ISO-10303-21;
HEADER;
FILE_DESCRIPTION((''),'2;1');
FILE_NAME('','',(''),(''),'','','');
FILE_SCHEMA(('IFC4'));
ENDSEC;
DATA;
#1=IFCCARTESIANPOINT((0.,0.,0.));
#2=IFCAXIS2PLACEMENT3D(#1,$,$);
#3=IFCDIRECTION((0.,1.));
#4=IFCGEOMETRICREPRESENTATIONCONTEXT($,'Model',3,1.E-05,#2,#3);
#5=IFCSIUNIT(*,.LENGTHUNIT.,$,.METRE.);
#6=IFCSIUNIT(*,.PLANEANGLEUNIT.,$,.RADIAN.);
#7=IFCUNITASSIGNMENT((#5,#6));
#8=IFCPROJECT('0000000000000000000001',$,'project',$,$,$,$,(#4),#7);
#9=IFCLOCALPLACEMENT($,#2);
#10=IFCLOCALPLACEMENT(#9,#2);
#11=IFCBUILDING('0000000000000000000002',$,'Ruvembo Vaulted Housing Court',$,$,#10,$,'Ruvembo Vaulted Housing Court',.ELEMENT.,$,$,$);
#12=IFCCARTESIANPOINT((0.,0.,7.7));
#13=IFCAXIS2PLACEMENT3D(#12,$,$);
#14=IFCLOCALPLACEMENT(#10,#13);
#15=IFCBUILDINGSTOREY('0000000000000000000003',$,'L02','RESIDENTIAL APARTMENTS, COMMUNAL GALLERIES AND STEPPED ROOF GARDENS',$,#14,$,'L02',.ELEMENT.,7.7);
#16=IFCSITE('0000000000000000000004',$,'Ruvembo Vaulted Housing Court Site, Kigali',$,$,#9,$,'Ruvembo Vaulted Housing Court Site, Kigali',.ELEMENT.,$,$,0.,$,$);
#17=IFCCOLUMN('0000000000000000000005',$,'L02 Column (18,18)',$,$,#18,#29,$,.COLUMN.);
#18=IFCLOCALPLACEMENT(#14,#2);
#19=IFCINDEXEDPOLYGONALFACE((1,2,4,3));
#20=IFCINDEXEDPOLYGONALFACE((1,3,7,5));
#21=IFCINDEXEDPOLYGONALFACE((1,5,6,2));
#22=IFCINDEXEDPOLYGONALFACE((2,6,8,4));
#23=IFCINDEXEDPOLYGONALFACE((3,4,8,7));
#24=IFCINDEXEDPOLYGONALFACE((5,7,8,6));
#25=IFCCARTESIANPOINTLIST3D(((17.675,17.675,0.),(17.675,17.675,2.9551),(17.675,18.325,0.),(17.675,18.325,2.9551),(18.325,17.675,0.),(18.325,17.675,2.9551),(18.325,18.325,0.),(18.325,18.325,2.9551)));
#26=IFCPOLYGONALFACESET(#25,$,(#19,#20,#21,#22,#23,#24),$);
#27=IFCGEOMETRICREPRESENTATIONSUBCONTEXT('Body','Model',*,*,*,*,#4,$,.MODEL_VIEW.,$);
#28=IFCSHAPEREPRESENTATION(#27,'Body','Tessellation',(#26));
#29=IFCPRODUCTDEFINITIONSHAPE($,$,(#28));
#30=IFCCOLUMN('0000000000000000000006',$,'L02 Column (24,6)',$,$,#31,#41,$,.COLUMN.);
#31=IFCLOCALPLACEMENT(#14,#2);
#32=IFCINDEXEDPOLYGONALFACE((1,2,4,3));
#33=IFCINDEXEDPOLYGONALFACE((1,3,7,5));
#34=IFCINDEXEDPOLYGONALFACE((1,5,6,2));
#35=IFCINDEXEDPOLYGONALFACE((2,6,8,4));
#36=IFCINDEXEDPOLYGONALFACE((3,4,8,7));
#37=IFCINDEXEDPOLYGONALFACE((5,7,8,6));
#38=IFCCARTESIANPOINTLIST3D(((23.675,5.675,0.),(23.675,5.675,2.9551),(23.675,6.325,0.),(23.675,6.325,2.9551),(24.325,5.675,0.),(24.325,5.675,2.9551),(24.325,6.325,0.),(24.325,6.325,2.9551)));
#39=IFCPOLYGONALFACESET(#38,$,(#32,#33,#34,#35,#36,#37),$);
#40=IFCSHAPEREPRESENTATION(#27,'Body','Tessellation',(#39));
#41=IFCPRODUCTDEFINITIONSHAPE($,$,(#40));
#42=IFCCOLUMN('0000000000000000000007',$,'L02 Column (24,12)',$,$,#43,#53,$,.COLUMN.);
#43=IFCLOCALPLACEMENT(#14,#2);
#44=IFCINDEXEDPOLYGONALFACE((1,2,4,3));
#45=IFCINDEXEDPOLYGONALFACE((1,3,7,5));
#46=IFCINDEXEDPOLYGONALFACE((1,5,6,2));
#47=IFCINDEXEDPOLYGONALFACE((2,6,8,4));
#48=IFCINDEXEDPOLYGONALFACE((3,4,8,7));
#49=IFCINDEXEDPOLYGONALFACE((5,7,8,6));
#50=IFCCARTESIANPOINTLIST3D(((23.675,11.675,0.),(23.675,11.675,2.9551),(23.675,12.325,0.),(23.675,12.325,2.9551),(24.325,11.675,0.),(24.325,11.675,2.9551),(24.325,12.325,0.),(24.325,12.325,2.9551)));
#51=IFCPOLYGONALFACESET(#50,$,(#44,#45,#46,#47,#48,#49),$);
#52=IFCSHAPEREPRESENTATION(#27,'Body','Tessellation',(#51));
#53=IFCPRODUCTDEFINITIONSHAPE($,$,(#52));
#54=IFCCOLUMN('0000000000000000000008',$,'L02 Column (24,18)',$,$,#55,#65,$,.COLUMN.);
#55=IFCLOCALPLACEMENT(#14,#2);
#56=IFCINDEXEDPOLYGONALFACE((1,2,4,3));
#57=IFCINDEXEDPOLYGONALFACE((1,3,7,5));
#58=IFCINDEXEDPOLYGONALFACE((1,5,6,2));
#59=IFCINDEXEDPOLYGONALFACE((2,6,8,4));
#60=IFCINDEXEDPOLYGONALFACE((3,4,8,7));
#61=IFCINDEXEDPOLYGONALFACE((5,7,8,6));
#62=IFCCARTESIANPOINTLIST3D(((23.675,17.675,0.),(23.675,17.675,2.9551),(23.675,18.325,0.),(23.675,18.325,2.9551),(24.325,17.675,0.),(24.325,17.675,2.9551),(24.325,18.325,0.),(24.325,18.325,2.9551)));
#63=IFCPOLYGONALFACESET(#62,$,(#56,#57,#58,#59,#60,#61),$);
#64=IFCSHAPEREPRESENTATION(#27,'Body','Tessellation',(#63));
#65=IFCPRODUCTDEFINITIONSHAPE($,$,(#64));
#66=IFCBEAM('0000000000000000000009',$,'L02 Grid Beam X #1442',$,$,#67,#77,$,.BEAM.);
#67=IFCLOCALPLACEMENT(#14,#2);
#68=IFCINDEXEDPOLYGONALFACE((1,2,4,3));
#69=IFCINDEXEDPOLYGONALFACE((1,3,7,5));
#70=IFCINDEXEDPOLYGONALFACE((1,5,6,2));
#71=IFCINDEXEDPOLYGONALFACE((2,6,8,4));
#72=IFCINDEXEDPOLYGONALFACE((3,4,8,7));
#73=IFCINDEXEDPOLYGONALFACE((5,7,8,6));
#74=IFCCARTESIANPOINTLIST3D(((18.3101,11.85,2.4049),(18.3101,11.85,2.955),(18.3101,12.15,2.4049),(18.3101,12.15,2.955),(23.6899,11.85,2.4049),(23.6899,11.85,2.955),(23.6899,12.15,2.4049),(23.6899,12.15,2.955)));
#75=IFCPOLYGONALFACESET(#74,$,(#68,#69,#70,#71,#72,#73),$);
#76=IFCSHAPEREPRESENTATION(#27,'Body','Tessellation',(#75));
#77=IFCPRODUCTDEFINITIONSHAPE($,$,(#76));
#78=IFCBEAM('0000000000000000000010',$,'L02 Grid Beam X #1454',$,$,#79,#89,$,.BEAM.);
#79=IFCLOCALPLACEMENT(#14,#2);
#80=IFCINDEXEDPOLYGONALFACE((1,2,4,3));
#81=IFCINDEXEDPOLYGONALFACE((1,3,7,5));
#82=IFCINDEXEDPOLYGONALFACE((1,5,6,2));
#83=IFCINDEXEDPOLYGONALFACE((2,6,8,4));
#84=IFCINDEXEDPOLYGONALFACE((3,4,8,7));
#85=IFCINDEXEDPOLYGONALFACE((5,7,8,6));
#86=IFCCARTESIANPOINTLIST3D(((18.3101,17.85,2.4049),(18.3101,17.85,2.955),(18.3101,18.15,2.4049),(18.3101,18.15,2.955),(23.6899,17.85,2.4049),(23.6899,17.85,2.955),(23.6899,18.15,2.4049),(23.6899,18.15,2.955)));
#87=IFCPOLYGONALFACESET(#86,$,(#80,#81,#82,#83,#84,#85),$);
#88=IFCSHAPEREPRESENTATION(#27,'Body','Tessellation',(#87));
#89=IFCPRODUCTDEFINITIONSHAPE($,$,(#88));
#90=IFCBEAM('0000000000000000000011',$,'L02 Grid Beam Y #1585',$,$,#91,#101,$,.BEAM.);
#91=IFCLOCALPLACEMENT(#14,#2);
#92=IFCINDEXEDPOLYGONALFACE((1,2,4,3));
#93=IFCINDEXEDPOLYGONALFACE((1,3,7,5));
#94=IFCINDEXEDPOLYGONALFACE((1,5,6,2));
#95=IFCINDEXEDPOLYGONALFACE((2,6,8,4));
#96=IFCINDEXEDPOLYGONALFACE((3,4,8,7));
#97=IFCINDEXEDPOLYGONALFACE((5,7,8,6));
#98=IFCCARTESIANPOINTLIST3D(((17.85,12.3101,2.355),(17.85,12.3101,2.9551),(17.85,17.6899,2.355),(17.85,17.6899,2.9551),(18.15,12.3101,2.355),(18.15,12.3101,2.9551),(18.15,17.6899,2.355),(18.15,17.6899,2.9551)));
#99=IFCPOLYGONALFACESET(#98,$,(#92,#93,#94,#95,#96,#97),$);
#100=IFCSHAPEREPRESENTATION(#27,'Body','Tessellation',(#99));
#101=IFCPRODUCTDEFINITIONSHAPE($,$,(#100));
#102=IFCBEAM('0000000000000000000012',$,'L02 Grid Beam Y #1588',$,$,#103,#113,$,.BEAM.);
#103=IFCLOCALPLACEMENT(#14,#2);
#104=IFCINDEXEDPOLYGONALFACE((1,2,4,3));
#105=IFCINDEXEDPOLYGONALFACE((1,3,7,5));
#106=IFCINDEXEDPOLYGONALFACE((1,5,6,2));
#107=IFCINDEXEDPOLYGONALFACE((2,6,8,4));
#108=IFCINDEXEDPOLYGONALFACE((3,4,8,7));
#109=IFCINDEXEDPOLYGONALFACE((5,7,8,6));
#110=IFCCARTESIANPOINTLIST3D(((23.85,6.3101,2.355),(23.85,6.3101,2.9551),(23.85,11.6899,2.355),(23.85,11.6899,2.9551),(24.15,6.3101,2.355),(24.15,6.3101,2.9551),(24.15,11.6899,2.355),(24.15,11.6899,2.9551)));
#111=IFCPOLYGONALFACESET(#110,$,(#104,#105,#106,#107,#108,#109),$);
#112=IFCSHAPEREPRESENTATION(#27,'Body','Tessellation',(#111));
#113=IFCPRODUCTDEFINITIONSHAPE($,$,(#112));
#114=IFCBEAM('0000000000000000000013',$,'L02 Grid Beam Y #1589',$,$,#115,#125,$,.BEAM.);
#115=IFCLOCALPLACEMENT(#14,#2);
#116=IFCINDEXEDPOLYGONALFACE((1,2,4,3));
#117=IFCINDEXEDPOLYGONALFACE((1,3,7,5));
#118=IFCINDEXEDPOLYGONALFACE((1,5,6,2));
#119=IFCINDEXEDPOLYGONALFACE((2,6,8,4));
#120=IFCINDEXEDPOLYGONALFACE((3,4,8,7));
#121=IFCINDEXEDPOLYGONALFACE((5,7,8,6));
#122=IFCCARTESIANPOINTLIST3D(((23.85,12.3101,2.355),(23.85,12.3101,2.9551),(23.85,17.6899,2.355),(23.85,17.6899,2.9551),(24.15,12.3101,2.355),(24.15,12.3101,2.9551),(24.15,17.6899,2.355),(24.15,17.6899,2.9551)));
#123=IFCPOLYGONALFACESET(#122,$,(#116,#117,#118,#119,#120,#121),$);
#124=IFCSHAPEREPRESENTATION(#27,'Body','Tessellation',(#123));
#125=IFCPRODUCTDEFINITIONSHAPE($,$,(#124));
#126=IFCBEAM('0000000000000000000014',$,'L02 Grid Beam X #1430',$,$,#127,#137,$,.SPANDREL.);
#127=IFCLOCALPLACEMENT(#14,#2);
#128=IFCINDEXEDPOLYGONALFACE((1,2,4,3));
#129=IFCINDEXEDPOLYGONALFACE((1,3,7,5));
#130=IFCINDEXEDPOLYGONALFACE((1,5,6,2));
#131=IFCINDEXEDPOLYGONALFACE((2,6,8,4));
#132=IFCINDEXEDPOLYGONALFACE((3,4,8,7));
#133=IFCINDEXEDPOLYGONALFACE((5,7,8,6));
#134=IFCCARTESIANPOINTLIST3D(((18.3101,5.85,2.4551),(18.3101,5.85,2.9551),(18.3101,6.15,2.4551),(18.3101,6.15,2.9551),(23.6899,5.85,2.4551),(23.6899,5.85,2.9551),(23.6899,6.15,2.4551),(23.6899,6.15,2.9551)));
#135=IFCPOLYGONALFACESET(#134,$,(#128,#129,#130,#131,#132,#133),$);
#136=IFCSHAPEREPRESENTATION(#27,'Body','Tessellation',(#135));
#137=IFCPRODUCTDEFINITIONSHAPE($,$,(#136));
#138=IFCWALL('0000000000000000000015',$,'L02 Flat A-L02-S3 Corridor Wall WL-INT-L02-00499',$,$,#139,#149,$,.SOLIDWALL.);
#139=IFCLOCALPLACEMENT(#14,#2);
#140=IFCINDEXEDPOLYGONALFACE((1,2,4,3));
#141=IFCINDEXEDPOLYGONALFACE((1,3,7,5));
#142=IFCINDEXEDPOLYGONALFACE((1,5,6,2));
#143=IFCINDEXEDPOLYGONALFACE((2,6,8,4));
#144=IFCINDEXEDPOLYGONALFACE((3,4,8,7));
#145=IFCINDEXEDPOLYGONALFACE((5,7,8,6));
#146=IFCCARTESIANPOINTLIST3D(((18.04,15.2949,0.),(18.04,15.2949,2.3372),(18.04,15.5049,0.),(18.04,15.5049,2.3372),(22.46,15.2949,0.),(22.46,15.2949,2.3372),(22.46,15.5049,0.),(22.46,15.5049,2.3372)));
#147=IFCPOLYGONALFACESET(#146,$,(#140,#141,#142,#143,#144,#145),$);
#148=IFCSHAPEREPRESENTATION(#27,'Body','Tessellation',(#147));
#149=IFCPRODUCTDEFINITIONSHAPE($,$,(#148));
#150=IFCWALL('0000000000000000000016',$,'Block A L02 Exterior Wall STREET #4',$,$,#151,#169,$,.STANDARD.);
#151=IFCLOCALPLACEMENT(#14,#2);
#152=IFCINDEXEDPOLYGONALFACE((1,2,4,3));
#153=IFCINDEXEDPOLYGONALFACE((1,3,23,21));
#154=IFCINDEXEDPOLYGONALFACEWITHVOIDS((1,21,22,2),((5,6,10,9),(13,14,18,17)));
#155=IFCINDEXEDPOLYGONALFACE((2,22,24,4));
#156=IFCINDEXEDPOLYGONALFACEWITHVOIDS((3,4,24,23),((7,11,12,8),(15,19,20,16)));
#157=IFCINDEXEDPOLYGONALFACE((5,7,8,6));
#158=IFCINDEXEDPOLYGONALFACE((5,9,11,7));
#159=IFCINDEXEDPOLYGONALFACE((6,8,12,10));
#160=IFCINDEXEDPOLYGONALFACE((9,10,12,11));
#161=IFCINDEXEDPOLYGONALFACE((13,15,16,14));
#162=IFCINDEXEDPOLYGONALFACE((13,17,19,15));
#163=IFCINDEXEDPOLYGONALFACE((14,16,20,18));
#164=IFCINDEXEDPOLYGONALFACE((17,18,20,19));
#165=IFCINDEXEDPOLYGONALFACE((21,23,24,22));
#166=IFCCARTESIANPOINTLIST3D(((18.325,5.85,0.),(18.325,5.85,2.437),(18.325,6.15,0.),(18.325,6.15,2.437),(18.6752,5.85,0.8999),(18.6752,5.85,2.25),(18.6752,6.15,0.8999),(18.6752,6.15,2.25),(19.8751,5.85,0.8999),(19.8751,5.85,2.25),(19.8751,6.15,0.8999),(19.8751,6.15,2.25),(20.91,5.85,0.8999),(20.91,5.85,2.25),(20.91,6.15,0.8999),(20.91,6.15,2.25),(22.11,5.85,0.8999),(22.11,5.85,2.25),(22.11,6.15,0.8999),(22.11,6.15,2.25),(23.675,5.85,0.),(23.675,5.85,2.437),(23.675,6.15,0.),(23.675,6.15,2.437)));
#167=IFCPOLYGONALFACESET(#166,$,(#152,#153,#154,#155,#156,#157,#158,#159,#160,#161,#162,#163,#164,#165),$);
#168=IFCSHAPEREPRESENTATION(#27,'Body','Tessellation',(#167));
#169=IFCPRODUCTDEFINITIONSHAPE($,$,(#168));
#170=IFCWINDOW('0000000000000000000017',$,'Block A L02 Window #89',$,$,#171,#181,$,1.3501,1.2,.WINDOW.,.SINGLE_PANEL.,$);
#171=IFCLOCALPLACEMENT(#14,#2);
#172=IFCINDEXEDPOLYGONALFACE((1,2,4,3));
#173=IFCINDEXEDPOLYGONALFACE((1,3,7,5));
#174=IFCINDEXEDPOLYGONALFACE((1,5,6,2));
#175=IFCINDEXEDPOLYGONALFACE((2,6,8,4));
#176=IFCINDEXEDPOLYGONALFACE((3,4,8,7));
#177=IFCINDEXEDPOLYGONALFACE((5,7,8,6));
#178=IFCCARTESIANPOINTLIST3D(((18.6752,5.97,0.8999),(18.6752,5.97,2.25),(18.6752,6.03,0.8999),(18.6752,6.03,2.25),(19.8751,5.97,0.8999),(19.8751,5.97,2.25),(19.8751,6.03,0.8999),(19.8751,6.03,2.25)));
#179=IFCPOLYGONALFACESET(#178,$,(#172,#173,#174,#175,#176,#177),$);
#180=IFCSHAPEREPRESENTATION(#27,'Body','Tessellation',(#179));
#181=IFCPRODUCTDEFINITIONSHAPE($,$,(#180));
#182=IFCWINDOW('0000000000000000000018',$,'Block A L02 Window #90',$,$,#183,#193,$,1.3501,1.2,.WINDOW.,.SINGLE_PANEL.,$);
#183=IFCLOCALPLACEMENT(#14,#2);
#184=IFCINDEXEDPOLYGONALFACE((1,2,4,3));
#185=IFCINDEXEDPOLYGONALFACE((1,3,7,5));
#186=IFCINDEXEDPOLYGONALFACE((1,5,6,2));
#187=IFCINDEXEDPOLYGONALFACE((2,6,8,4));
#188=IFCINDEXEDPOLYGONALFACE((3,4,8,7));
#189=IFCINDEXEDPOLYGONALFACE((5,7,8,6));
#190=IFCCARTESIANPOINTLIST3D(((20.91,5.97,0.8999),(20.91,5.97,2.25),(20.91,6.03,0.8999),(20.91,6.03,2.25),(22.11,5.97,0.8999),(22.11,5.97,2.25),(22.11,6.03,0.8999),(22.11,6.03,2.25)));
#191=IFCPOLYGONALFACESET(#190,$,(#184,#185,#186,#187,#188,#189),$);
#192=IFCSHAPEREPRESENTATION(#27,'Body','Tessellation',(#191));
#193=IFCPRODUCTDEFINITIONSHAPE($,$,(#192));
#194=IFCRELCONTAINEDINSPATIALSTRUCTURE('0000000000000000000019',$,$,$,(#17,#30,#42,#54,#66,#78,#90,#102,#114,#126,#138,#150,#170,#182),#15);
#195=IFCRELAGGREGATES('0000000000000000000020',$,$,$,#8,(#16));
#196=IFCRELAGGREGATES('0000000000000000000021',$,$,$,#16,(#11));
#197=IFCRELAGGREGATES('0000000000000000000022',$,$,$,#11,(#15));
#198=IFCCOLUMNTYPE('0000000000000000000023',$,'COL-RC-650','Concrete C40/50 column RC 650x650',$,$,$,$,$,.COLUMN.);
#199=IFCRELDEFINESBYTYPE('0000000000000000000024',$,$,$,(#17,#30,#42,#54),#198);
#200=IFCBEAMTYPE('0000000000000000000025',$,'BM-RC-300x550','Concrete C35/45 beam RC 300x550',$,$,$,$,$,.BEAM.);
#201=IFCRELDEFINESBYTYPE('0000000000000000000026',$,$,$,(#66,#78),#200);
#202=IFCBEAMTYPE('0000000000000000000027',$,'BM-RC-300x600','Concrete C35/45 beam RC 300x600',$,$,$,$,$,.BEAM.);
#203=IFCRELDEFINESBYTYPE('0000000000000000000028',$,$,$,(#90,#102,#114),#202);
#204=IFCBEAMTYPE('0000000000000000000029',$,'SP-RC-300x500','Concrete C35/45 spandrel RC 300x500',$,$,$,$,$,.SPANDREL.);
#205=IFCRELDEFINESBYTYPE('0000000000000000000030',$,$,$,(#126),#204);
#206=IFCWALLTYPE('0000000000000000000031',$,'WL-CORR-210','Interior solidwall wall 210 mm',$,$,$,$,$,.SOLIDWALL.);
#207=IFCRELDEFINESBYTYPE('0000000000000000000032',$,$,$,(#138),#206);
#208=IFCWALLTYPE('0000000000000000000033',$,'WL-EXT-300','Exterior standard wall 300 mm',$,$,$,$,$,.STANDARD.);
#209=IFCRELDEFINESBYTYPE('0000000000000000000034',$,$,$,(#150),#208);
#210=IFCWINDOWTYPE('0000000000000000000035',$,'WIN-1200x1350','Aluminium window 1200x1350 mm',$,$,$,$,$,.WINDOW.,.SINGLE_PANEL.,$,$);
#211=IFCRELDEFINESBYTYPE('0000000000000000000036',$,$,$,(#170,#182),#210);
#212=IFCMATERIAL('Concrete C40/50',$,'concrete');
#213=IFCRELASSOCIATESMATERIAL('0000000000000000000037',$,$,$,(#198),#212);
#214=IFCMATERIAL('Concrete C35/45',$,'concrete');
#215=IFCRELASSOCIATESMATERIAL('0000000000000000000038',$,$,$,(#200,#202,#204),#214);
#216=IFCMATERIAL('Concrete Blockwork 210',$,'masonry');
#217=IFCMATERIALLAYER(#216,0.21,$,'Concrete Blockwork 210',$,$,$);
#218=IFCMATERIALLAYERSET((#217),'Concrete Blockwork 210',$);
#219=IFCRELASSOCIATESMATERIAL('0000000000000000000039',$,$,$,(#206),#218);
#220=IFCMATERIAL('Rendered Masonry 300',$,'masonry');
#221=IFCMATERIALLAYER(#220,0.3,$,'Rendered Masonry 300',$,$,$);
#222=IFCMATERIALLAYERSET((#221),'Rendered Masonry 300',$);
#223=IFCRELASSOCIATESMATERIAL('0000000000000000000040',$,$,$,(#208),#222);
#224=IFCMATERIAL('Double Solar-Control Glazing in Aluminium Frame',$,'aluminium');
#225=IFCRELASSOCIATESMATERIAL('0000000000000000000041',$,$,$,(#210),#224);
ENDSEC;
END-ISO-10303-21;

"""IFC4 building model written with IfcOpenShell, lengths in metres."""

from ifc_helpers import new_model, si_unit, direction, frame, frame_2d, origin, origin_2d, place, context, subcontext, project, spatial, rectangle, extrude, material, layer, layer_set, material_profile, profile_set, type_object, element, fill, save


model = new_model("IFC4")

# Units and contexts
model_context = context("Model", 3, precision=1e-05, world=origin(), true_north=direction((0.0, 1.0)))
body_context = subcontext(model_context, "Body", "Model", "MODEL_VIEW")
ifc_project = project(units=[si_unit("LENGTHUNIT", "METRE"), si_unit("PLANEANGLEUNIT", "RADIAN")], contexts=[model_context])

# Site, building, storey
site_placement = place(None, origin())
site = spatial("IfcSite", under=ifc_project, at=site_placement, Name="Ruvembo Vaulted Housing Court Site, Kigali", LongName="Ruvembo Vaulted Housing Court Site, Kigali", CompositionType="ELEMENT", RefElevation=0.0)
building_placement = place(site_placement, origin())
building = spatial("IfcBuilding", under=site, at=building_placement, Name="Ruvembo Vaulted Housing Court", LongName="Ruvembo Vaulted Housing Court", CompositionType="ELEMENT")
storey_placement = place(building_placement, frame((0.0, 0.0, 7.7)))
storey = spatial("IfcBuildingStorey", under=building, at=storey_placement, Name="L02", Description="RESIDENTIAL APARTMENTS, COMMUNAL GALLERIES AND STEPPED ROOF GARDENS", LongName="L02", CompositionType="ELEMENT", Elevation=7.7)

# Columns
ifc_material_1 = material(Name="Concrete C40/50", Category="concrete")
ifc_material_profile_1 = material_profile(ifc_material_1, rectangle(XDim=0.6499, YDim=0.6499, at=origin_2d()), Name="RC 650x650")
ifc_profile_set_1 = profile_set([ifc_material_profile_1], Name="Concrete C40/50")
column_type = type_object("IfcColumnType", Name="COL-RC-650", Description="Concrete C40/50 column RC 650x650", PredefinedType="COLUMN", material=ifc_profile_set_1)
for number, where, z_axis, x_axis, name in (
    (1, (18.0, 18.0, 0.0), (0.0, 0.0, 1.0), (1.0, 0.0, 0.0), "L02 Column (18,18)"),
    (2, (24.0, 6.0, 0.0), (0.0, 0.0, 1.0), (1.0, 0.0, 0.0), "L02 Column (24,6)"),
    (3, (24.0, 12.0, 0.0), (0.0, 0.0, 1.0), (1.0, 0.0, 0.0), "L02 Column (24,12)"),
    (4, (24.0, 18.0, 0.0), (0.0, 0.0, 1.0), (1.0, 0.0, 0.0), "L02 Column (24,18)"),
):
    element("IfcColumn", number, at=place(storey_placement, frame(where, z_axis=z_axis, x_axis=x_axis)), inside=storey, type_object=column_type, Name=name, PredefinedType="COLUMN", context=body_context, shape_type="SweptSolid", body=[
        extrude(rectangle(XDim=0.6499, YDim=0.6499, at=origin_2d()), origin(), (0.0, 0.0, 1.0), 2.9551),
    ])

# Beams
ifc_material_2 = material(Name="Concrete C35/45", Category="concrete")
ifc_material_profile_2 = material_profile(ifc_material_2, rectangle(XDim=0.3, YDim=0.55, at=origin_2d()), Name="RC 300x550")
ifc_profile_set_2 = profile_set([ifc_material_profile_2], Name="Concrete C35/45")
beam_type_1 = type_object("IfcBeamType", Name="BM-RC-300x550", Description="Concrete C35/45 beam RC 300x550", PredefinedType="BEAM", material=ifc_profile_set_2)
for number, where, z_axis, x_axis, name in (
    (5, (18.3101, 12.0, 2.6799), (1.0, 0.0, 0.0), (0.0, 1.0, 0.0), "L02 Grid Beam X #1442"),
    (6, (18.3101, 18.0, 2.6799), (1.0, 0.0, 0.0), (0.0, 1.0, 0.0), "L02 Grid Beam X #1454"),
):
    element("IfcBeam", number, at=place(storey_placement, frame(where, z_axis=z_axis, x_axis=x_axis)), inside=storey, type_object=beam_type_1, Name=name, PredefinedType="BEAM", context=body_context, shape_type="SweptSolid", body=[
        extrude(rectangle(XDim=0.3, YDim=0.55, at=origin_2d()), origin(), (0.0, 0.0, 1.0), 5.3799),
    ])
ifc_material_profile_3 = material_profile(ifc_material_2, rectangle(XDim=0.3, YDim=0.6001, at=origin_2d()), Name="RC 300x600")
ifc_profile_set_3 = profile_set([ifc_material_profile_3], Name="Concrete C35/45")
beam_type_2 = type_object("IfcBeamType", Name="BM-RC-300x600", Description="Concrete C35/45 beam RC 300x600", PredefinedType="BEAM", material=ifc_profile_set_3)
for number, where, z_axis, x_axis, name in (
    (7, (18.0, 12.3101, 2.655), (0.0, 1.0, 0.0), (-1.0, 0.0, 0.0), "L02 Grid Beam Y #1585"),
    (8, (24.0, 6.3101, 2.655), (0.0, 1.0, 0.0), (-1.0, 0.0, 0.0), "L02 Grid Beam Y #1588"),
    (9, (24.0, 12.3101, 2.655), (0.0, 1.0, 0.0), (-1.0, 0.0, 0.0), "L02 Grid Beam Y #1589"),
):
    element("IfcBeam", number, at=place(storey_placement, frame(where, z_axis=z_axis, x_axis=x_axis)), inside=storey, type_object=beam_type_2, Name=name, PredefinedType="BEAM", context=body_context, shape_type="SweptSolid", body=[
        extrude(rectangle(XDim=0.3, YDim=0.6001, at=origin_2d()), origin(), (0.0, 0.0, 1.0), 5.3799),
    ])
ifc_material_profile_4 = material_profile(ifc_material_2, rectangle(XDim=0.3, YDim=0.5, at=origin_2d()), Name="RC 300x500")
ifc_profile_set_4 = profile_set([ifc_material_profile_4], Name="Concrete C35/45")
beam_type_3 = type_object("IfcBeamType", Name="SP-RC-300x500", Description="Concrete C35/45 spandrel RC 300x500", PredefinedType="SPANDREL", material=ifc_profile_set_4)
beam_placement = place(storey_placement, frame((18.3101, 6.0, 2.7051), z_axis=(1.0, 0.0, 0.0), x_axis=(0.0, 1.0, 0.0)))
element("IfcBeam", 10, at=beam_placement, inside=storey, type_object=beam_type_3, Name="L02 Grid Beam X #1430", PredefinedType="SPANDREL", context=body_context, shape_type="SweptSolid", body=[
    extrude(rectangle(XDim=0.3, YDim=0.5, at=origin_2d()), origin(), (0.0, 0.0, 1.0), 5.3799),
])

# Wall
ifc_material_3 = material(Name="Concrete Blockwork 210", Category="masonry")
ifc_layer_1 = layer(ifc_material_3, 0.21, Name="Concrete Blockwork 210")
ifc_layer_set_1 = layer_set([ifc_layer_1], Name="Concrete Blockwork 210")
wall_type_1 = type_object("IfcWallType", Name="WL-CORR-210", Description="Interior solidwall wall 210 mm", PredefinedType="SOLIDWALL", material=ifc_layer_set_1)
wall_1_placement = place(storey_placement, frame((18.04, 15.3999, 0.0), z_axis=(0.0, 0.0, 1.0), x_axis=(1.0, 0.0, 0.0)))
element("IfcWall", 11, at=wall_1_placement, inside=storey, type_object=wall_type_1, Name="L02 Flat A-L02-S3 Corridor Wall WL-INT-L02-00499", PredefinedType="SOLIDWALL", context=body_context, shape_type="SweptSolid", body=[
    extrude(rectangle(XDim=4.4199, YDim=0.21, at=frame_2d((2.21, 0.0))), origin(), (0.0, 0.0, 1.0), 2.3372),
])

# Wall, openings, windows
ifc_material_4 = material(Name="Rendered Masonry 300", Category="masonry")
ifc_layer_2 = layer(ifc_material_4, 0.3, Name="Rendered Masonry 300")
ifc_layer_set_2 = layer_set([ifc_layer_2], Name="Rendered Masonry 300")
wall_type_2 = type_object("IfcWallType", Name="WL-EXT-300", Description="Exterior standard wall 300 mm", PredefinedType="STANDARD", material=ifc_layer_set_2)
wall_2_placement = place(storey_placement, frame((18.325, 6.0, 0.0), z_axis=(0.0, 0.0, 1.0), x_axis=(1.0, 0.0, 0.0)))
wall_2 = element("IfcWall", 12, at=wall_2_placement, inside=storey, type_object=wall_type_2, Name="Block A L02 Exterior Wall STREET #4", PredefinedType="STANDARD", context=body_context, shape_type="SweptSolid", body=[
    extrude(rectangle(XDim=5.3501, YDim=0.3, at=frame_2d((2.675, 0.0))), origin(), (0.0, 0.0, 1.0), 2.437),
])
opening_1_placement = place(wall_2_placement, frame((0.3501, 0.0, 0.8999)))
opening_1 = element("IfcOpeningElement", 13, at=opening_1_placement, cuts=wall_2, PredefinedType="OPENING", context=body_context, shape_type="SweptSolid", body=[
    extrude(rectangle(XDim=1.2, YDim=1.3501, at=frame_2d((0.6001, 0.675))), frame((0.0, 0.1599, 0.0), z_axis=(0.0, -1.0, 0.0), x_axis=(1.0, 0.0, 0.0)), (0.0, 0.0, 1.0), 0.3201),
])
opening_2_placement = place(wall_2_placement, frame((2.585, 0.0, 0.8999)))
opening_2 = element("IfcOpeningElement", 14, at=opening_2_placement, cuts=wall_2, PredefinedType="OPENING", context=body_context, shape_type="SweptSolid", body=[
    extrude(rectangle(XDim=1.2, YDim=1.3501, at=frame_2d((0.6001, 0.675))), frame((0.0, 0.1599, 0.0), z_axis=(0.0, -1.0, 0.0), x_axis=(1.0, 0.0, 0.0)), (0.0, 0.0, 1.0), 0.3201),
])
ifc_material_5 = material(Name="Double Solar-Control Glazing in Aluminium Frame", Category="aluminium")
window_type = type_object("IfcWindowType", Name="WIN-1200x1350", Description="Aluminium window 1200x1350 mm", PartitioningType="SINGLE_PANEL", PredefinedType="WINDOW", material=ifc_material_5)
window_1_placement = place(opening_1_placement, origin())
window_1 = element("IfcWindow", 15, at=window_1_placement, inside=storey, type_object=window_type, Name="Block A L02 Window #89", OverallHeight=1.3501, OverallWidth=1.2, PartitioningType="SINGLE_PANEL", PredefinedType="WINDOW", context=body_context, shape_type="SweptSolid", body=[
    extrude(rectangle(XDim=1.2, YDim=1.3501, at=frame_2d((0.6001, 0.675))), frame((0.0, 0.03, 0.0), z_axis=(0.0, -1.0, 0.0), x_axis=(1.0, 0.0, 0.0)), (0.0, 0.0, 1.0), 0.0601),
])
fill(opening_1, window_1)
window_2_placement = place(opening_2_placement, origin())
window_2 = element("IfcWindow", 16, at=window_2_placement, inside=storey, type_object=window_type, Name="Block A L02 Window #90", OverallHeight=1.3501, OverallWidth=1.2, PartitioningType="SINGLE_PANEL", PredefinedType="WINDOW", context=body_context, shape_type="SweptSolid", body=[
    extrude(rectangle(XDim=1.2, YDim=1.3501, at=frame_2d((0.6001, 0.675))), frame((0.0, 0.03, 0.0), z_axis=(0.0, -1.0, 0.0), x_axis=(1.0, 0.0, 0.0)), (0.0, 0.0, 1.0), 0.0601),
])
fill(opening_2, window_2)

save(model, "model.ifc")
